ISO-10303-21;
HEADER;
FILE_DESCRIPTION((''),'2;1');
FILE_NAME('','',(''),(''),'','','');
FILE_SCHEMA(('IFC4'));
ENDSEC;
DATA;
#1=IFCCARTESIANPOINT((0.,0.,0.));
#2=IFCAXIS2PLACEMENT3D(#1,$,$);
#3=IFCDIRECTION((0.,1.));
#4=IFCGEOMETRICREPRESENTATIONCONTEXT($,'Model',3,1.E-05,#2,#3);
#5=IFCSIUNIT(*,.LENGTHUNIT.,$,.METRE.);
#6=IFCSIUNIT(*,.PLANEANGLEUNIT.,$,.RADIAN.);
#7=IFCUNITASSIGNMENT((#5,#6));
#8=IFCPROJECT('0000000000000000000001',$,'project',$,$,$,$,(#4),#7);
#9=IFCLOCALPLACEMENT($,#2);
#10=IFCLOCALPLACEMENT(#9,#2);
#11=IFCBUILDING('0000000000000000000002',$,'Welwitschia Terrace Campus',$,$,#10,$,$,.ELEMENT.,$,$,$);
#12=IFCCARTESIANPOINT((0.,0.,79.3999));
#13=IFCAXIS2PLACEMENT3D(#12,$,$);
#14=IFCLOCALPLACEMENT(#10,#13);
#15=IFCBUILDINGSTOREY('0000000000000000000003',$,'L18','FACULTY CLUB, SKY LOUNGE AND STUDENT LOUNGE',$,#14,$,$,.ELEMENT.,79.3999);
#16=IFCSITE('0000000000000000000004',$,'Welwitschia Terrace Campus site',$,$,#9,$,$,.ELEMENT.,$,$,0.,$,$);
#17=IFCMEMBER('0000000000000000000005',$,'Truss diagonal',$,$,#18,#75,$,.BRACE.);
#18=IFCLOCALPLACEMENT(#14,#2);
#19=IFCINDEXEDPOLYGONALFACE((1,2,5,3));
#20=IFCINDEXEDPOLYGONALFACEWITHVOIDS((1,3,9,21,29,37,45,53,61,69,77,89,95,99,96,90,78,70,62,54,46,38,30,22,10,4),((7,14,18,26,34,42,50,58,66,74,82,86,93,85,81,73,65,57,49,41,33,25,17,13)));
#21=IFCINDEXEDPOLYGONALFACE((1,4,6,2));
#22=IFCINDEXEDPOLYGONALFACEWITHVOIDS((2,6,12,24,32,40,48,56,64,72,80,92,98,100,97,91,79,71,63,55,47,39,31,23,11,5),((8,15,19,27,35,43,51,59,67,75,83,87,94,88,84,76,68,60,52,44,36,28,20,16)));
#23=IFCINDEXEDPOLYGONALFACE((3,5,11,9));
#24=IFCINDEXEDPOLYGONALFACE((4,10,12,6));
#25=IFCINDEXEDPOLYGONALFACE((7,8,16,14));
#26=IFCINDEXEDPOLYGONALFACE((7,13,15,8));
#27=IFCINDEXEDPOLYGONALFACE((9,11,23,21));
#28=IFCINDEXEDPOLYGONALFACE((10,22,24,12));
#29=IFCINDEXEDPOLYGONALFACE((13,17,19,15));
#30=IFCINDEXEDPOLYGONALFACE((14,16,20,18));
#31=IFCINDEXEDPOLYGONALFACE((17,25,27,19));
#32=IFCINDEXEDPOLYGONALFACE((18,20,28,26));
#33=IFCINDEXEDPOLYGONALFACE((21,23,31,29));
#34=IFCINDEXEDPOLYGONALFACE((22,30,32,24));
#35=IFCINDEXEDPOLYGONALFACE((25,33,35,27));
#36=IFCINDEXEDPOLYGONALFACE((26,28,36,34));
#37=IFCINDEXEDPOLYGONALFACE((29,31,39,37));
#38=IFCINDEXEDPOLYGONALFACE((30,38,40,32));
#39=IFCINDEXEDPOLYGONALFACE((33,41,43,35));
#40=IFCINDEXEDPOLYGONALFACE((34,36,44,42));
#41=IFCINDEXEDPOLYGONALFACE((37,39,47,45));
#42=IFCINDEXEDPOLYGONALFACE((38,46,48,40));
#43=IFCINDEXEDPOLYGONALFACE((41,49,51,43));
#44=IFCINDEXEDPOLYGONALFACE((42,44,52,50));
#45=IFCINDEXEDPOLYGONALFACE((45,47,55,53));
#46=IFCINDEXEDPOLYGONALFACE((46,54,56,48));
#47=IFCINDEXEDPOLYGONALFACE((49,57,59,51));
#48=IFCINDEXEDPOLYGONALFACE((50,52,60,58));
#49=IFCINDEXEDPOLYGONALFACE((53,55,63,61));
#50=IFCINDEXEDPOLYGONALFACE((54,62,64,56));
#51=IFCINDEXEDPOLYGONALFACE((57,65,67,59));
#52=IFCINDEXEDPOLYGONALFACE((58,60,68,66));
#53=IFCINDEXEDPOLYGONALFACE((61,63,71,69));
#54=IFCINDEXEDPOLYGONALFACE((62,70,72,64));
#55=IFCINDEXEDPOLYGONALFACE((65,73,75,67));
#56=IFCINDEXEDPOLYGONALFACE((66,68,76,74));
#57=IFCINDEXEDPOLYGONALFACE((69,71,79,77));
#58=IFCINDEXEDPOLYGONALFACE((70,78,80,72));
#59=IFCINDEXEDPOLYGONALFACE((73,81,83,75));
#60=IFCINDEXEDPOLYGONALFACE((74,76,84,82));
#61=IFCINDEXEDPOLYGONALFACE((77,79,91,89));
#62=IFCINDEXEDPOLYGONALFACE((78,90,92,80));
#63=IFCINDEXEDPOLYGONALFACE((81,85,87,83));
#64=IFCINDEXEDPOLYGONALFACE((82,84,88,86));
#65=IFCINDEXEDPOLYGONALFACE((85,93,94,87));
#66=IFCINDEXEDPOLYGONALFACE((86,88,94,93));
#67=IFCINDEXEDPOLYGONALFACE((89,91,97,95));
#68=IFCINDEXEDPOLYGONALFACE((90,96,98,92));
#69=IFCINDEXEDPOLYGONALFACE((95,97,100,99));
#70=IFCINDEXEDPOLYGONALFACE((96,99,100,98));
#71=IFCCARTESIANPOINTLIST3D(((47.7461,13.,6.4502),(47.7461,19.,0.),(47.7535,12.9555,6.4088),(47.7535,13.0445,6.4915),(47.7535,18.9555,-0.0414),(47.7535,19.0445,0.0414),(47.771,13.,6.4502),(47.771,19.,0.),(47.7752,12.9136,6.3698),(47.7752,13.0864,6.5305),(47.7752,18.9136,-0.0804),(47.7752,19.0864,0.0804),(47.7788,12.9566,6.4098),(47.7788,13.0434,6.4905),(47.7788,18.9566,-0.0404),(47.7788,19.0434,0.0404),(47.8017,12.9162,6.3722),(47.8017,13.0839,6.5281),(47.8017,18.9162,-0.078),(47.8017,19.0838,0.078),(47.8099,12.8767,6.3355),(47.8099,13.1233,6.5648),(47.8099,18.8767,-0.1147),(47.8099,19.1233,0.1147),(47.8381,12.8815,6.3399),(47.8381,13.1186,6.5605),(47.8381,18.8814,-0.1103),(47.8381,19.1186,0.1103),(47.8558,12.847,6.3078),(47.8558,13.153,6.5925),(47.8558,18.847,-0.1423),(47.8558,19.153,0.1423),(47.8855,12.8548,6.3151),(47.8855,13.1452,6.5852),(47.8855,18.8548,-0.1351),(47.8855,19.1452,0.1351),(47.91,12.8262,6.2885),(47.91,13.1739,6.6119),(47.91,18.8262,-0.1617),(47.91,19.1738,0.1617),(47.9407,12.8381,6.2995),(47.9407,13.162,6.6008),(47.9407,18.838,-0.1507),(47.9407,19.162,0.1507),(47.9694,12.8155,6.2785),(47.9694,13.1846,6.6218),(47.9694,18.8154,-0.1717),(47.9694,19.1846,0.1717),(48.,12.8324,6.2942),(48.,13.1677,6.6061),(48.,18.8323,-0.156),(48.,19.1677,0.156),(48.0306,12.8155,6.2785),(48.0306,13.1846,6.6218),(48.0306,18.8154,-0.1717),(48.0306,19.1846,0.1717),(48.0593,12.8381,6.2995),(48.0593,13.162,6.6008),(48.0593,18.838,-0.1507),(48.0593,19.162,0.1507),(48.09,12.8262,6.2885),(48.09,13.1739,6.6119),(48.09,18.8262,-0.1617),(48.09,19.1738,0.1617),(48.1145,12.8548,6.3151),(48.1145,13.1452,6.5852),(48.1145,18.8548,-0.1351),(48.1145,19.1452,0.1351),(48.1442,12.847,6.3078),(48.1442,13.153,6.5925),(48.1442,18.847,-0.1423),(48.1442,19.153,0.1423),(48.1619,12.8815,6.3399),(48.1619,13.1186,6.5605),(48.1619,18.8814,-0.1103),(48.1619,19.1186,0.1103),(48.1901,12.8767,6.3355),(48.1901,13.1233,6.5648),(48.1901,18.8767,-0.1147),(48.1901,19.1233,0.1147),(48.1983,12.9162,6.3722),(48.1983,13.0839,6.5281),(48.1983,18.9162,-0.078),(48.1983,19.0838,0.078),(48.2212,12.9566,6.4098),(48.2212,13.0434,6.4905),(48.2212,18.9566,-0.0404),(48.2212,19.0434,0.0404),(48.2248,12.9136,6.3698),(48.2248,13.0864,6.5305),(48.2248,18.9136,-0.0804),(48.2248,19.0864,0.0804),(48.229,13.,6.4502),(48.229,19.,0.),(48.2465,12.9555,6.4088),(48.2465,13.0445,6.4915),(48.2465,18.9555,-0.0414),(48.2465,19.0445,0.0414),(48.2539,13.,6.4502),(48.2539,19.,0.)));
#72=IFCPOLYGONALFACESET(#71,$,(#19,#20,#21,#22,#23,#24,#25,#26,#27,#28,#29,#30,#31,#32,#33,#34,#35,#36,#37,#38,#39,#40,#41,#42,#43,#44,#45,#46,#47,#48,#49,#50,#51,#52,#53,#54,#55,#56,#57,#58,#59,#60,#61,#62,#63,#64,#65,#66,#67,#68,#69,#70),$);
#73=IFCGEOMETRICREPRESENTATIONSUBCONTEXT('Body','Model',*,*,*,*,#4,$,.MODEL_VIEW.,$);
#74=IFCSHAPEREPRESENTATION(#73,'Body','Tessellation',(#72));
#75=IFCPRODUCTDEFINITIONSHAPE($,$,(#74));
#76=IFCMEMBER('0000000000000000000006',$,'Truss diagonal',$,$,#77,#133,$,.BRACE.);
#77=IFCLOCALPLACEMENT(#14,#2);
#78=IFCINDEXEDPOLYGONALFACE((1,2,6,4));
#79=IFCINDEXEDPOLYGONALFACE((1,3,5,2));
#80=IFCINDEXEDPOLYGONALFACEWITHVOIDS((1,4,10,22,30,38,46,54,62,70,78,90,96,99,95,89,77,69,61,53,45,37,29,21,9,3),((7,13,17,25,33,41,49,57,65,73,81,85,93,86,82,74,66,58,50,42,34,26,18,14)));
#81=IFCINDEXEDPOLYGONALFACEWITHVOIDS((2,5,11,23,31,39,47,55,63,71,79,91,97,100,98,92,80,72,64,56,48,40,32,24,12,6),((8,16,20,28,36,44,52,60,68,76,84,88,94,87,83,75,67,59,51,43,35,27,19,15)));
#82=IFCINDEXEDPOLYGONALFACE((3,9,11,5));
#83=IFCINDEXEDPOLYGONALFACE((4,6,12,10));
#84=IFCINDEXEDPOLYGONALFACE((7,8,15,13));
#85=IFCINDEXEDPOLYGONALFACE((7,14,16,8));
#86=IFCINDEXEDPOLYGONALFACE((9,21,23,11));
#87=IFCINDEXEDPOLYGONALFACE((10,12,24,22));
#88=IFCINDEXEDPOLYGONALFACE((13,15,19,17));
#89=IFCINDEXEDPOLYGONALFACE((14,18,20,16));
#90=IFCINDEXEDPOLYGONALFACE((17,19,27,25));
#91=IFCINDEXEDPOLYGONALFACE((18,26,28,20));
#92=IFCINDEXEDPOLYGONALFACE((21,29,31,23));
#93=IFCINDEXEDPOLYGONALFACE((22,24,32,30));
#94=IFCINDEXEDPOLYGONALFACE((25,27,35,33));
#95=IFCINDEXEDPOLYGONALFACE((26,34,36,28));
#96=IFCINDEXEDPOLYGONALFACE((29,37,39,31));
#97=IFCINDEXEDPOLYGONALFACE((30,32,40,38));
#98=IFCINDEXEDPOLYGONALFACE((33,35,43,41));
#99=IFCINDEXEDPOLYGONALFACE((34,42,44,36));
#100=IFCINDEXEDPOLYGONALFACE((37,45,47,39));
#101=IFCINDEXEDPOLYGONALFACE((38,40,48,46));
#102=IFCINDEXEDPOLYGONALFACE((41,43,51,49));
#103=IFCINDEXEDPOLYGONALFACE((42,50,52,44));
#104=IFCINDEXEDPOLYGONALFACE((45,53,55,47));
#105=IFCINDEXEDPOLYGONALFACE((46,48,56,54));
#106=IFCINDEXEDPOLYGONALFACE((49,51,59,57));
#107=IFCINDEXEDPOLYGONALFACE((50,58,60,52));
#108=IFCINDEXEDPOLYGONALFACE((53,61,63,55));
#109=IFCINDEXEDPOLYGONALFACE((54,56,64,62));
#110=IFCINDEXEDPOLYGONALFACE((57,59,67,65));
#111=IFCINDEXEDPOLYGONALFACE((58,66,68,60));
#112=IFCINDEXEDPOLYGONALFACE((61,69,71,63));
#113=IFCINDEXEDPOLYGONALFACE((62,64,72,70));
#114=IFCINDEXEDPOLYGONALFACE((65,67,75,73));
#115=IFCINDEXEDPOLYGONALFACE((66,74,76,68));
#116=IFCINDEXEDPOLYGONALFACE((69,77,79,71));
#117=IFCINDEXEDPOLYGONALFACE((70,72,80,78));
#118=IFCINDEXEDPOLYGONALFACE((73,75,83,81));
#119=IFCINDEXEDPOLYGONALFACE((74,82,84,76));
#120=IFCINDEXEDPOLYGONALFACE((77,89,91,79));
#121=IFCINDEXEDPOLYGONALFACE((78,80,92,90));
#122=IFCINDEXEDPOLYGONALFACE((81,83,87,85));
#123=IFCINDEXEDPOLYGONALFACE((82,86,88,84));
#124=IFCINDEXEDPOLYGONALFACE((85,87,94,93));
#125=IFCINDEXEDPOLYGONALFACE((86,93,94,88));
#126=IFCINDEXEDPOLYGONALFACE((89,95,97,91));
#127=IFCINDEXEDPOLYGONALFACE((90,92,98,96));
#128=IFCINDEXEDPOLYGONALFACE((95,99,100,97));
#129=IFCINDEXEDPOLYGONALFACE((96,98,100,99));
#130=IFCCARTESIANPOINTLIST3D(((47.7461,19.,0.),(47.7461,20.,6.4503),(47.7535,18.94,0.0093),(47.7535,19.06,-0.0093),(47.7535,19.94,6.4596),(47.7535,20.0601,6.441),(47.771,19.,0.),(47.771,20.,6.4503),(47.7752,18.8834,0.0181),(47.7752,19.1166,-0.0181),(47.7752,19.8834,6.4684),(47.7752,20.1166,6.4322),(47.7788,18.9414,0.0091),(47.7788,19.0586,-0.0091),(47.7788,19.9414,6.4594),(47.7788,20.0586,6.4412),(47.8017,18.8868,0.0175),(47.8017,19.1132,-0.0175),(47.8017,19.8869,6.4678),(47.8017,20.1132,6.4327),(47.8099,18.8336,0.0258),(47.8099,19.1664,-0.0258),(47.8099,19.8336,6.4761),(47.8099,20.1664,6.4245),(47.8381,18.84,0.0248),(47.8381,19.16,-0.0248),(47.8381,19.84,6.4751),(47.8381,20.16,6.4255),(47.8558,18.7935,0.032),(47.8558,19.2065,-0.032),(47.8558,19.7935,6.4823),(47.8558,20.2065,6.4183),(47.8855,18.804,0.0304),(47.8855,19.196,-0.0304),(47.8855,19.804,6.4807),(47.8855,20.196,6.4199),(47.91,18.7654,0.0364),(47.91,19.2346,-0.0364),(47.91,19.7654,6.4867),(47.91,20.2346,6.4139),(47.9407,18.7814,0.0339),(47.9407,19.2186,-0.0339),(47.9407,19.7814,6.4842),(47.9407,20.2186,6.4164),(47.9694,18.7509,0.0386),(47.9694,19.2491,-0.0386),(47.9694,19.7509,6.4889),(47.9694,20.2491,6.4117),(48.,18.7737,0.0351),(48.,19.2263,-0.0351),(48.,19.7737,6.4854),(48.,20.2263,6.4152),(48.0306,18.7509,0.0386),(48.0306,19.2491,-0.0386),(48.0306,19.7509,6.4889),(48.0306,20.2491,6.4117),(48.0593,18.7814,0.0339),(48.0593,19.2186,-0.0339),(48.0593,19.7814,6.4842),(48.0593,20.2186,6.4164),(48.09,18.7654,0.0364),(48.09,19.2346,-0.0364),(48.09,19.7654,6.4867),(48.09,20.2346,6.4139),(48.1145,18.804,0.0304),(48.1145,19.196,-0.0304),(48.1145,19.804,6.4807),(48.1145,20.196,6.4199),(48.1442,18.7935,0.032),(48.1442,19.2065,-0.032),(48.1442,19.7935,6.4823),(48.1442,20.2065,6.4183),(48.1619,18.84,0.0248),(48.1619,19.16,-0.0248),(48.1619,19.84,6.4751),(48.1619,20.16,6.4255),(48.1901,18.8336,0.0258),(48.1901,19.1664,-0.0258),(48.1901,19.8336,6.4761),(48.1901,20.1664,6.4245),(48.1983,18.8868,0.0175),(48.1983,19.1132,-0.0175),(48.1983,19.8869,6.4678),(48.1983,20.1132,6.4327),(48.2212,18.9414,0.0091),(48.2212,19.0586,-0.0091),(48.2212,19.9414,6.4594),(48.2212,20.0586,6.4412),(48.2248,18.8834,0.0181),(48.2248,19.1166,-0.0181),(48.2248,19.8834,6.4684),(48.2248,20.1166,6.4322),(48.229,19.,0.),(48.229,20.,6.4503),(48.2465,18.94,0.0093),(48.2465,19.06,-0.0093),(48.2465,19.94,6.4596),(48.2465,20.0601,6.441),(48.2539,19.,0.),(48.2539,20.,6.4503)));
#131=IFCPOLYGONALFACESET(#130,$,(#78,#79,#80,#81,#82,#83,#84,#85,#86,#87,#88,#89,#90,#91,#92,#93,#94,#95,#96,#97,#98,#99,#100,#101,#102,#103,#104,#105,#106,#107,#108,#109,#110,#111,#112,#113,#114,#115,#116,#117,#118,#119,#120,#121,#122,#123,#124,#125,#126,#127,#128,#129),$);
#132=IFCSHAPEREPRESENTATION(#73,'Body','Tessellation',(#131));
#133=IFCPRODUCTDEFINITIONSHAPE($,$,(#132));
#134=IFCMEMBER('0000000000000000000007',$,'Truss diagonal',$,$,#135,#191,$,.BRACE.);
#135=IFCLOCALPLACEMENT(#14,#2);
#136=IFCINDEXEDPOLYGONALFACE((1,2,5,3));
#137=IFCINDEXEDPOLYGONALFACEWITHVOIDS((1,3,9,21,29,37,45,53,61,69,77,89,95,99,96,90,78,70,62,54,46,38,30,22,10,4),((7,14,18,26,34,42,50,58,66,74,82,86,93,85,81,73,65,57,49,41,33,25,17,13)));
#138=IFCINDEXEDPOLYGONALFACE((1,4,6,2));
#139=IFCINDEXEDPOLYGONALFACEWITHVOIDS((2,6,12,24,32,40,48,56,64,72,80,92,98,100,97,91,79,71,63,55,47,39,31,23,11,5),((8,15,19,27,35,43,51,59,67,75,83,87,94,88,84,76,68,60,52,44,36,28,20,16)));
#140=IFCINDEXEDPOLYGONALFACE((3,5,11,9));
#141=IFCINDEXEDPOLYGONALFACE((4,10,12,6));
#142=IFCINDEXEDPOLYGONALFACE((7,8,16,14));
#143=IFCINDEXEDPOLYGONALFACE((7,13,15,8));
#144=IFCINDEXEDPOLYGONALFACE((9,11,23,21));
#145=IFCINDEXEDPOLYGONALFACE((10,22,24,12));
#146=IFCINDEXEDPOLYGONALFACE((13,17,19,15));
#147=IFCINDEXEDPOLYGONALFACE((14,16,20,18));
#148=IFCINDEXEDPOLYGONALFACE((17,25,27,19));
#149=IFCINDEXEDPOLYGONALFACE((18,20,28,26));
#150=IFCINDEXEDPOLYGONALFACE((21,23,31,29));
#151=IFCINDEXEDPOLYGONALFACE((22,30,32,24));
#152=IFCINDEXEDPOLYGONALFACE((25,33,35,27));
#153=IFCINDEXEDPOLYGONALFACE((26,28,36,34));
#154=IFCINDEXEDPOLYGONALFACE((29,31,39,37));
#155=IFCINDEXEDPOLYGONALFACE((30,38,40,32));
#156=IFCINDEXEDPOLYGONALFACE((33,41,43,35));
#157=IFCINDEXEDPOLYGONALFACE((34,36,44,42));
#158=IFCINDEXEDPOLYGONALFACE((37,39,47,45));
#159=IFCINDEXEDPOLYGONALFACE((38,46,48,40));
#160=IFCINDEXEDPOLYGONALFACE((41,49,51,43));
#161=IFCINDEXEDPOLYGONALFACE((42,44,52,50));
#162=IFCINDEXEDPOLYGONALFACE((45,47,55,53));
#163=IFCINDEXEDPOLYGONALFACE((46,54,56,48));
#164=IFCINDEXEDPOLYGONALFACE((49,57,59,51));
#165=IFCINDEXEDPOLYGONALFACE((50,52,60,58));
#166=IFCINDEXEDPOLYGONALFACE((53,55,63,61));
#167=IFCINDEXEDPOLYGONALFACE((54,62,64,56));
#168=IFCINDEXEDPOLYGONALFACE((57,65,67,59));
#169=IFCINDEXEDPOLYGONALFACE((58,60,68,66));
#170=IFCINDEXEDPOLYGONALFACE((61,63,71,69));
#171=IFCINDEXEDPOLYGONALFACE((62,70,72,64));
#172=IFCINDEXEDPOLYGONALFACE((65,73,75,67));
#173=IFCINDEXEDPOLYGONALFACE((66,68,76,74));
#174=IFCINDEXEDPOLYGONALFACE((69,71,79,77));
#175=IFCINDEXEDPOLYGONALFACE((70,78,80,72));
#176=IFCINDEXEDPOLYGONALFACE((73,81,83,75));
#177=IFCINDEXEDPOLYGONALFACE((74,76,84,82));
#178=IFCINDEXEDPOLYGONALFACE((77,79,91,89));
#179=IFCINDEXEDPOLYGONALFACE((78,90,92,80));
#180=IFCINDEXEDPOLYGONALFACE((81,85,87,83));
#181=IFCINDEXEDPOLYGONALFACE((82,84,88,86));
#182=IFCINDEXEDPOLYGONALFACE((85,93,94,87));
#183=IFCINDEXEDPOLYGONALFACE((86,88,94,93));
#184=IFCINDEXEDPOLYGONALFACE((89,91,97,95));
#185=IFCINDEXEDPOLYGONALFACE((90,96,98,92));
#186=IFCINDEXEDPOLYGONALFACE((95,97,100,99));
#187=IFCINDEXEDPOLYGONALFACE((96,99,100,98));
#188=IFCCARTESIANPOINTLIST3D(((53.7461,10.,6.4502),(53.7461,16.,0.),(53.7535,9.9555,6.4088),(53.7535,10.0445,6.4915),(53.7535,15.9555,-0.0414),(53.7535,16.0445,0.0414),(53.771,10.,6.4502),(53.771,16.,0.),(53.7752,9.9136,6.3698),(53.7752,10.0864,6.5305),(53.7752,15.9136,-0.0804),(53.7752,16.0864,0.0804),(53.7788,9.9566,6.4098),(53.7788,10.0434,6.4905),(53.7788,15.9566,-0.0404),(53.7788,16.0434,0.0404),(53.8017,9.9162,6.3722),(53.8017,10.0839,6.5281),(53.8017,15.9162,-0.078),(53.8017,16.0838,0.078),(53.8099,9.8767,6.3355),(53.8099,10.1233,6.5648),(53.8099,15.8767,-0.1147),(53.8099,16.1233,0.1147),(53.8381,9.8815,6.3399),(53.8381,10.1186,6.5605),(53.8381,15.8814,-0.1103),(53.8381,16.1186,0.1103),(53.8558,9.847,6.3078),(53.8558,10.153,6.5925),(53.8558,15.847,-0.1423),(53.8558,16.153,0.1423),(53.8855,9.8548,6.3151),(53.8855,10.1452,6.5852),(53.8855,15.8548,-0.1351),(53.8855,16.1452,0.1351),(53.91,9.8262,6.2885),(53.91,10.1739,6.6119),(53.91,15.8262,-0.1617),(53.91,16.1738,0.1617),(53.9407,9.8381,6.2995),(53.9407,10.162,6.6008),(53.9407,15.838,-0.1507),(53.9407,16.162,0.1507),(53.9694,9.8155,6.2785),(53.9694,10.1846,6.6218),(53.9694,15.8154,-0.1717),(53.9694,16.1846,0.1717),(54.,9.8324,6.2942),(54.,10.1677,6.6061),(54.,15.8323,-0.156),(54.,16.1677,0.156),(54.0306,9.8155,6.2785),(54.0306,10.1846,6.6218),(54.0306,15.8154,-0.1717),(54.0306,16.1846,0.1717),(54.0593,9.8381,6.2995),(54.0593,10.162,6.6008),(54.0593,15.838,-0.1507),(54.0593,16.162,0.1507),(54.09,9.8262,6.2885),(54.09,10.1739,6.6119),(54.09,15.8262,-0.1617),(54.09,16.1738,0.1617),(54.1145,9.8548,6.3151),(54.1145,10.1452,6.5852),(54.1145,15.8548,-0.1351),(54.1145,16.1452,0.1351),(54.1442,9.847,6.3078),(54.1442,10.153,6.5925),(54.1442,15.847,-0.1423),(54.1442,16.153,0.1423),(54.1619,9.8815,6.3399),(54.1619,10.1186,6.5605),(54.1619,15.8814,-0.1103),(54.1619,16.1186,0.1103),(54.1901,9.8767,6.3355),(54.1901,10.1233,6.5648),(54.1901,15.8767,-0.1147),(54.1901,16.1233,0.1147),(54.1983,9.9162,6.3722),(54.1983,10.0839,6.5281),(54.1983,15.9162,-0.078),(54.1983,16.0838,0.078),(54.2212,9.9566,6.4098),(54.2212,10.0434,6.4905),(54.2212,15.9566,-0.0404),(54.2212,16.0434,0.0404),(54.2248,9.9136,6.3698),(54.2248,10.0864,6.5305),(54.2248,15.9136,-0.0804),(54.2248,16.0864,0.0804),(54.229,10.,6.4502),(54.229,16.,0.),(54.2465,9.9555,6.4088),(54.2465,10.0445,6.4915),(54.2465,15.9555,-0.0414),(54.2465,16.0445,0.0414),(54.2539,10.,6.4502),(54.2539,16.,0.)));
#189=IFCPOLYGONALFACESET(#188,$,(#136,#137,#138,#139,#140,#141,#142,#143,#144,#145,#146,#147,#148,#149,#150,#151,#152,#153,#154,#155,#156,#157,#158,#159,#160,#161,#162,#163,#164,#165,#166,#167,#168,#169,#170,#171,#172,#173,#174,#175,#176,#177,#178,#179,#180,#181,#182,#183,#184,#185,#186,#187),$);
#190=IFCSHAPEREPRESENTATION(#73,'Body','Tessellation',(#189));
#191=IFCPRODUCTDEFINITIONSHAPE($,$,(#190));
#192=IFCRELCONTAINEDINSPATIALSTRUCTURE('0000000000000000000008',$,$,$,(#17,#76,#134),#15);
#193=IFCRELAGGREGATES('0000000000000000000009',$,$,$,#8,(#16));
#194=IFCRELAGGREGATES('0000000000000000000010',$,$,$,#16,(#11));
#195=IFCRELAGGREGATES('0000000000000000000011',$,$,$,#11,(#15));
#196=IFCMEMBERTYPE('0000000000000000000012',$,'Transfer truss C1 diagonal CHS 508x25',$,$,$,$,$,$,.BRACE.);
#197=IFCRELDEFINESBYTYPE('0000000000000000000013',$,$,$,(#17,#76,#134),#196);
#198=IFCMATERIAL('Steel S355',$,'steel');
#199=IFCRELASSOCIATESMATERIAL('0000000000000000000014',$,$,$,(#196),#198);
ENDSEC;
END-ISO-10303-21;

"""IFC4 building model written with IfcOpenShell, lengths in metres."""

from ifc_helpers import new_model, si_unit, direction, frame, origin, origin_2d, place, context, subcontext, project, spatial, hollow_circle, extrude, material, material_profile, profile_set, type_object, element, save


model = new_model("IFC4")

# Units and contexts
model_context = context("Model", 3, precision=1e-05, world=origin(), true_north=direction((0.0, 1.0)))
body_context = subcontext(model_context, "Body", "Model", "MODEL_VIEW")
ifc_project = project(units=[si_unit("LENGTHUNIT", "METRE"), si_unit("PLANEANGLEUNIT", "RADIAN")], contexts=[model_context])

# Site, building, storey
site_placement = place(None, origin())
site = spatial("IfcSite", under=ifc_project, at=site_placement, Name="Welwitschia Terrace Campus site", CompositionType="ELEMENT", RefElevation=0.0)
building_placement = place(site_placement, origin())
building = spatial("IfcBuilding", under=site, at=building_placement, Name="Welwitschia Terrace Campus", CompositionType="ELEMENT")
storey_placement = place(building_placement, frame((0.0, 0.0, 79.3999)))
storey = spatial("IfcBuildingStorey", under=building, at=storey_placement, Name="L18", Description="FACULTY CLUB, SKY LOUNGE AND STUDENT LOUNGE", CompositionType="ELEMENT", Elevation=79.3999)

# Members
ifc_material_1 = material(Name="Steel S355", Category="steel")
ifc_material_profile_1 = material_profile(ifc_material_1, hollow_circle(Radius=0.2539, WallThickness=0.0249, at=origin_2d()))
ifc_profile_set_1 = profile_set([ifc_material_profile_1], Name="Steel S355")
member_type_1 = type_object("IfcMemberType", Name="Transfer truss C1 diagonal CHS 508x25", PredefinedType="BRACE", material=ifc_profile_set_1)
member_1_placement = place(storey_placement, frame((48.0, 19.0, 0.0), z_axis=(0.0, -0.681093, 0.732197), x_axis=(1.0, 0.0, 0.0)))
element("IfcMember", 1, at=member_1_placement, inside=storey, type_object=member_type_1, Name="Truss diagonal", PredefinedType="BRACE", context=body_context, shape_type="SweptSolid", body=[
    extrude(hollow_circle(Radius=0.2539, WallThickness=0.0249, at=origin_2d()), origin(), (0.0, 0.0, 1.0), 8.8093),
])
member_2_placement = place(storey_placement, frame((48.0, 19.0, 0.0), z_axis=(0.0, 0.153204, 0.988195), x_axis=(-1.0, 0.0, 0.0)))
element("IfcMember", 2, at=member_2_placement, inside=storey, type_object=member_type_1, Name="Truss diagonal", PredefinedType="BRACE", context=body_context, shape_type="SweptSolid", body=[
    extrude(hollow_circle(Radius=0.2539, WallThickness=0.0249, at=origin_2d()), origin(), (0.0, 0.0, 1.0), 6.5273),
])
member_3_placement = place(storey_placement, frame((54.0, 16.0, 0.0), z_axis=(0.0, -0.681093, 0.732197), x_axis=(1.0, 0.0, 0.0)))
element("IfcMember", 3, at=member_3_placement, inside=storey, type_object=member_type_1, Name="Truss diagonal", PredefinedType="BRACE", context=body_context, shape_type="SweptSolid", body=[
    extrude(hollow_circle(Radius=0.2539, WallThickness=0.0249, at=origin_2d()), origin(), (0.0, 0.0, 1.0), 8.8093),
])

save(model, "model.ifc")
